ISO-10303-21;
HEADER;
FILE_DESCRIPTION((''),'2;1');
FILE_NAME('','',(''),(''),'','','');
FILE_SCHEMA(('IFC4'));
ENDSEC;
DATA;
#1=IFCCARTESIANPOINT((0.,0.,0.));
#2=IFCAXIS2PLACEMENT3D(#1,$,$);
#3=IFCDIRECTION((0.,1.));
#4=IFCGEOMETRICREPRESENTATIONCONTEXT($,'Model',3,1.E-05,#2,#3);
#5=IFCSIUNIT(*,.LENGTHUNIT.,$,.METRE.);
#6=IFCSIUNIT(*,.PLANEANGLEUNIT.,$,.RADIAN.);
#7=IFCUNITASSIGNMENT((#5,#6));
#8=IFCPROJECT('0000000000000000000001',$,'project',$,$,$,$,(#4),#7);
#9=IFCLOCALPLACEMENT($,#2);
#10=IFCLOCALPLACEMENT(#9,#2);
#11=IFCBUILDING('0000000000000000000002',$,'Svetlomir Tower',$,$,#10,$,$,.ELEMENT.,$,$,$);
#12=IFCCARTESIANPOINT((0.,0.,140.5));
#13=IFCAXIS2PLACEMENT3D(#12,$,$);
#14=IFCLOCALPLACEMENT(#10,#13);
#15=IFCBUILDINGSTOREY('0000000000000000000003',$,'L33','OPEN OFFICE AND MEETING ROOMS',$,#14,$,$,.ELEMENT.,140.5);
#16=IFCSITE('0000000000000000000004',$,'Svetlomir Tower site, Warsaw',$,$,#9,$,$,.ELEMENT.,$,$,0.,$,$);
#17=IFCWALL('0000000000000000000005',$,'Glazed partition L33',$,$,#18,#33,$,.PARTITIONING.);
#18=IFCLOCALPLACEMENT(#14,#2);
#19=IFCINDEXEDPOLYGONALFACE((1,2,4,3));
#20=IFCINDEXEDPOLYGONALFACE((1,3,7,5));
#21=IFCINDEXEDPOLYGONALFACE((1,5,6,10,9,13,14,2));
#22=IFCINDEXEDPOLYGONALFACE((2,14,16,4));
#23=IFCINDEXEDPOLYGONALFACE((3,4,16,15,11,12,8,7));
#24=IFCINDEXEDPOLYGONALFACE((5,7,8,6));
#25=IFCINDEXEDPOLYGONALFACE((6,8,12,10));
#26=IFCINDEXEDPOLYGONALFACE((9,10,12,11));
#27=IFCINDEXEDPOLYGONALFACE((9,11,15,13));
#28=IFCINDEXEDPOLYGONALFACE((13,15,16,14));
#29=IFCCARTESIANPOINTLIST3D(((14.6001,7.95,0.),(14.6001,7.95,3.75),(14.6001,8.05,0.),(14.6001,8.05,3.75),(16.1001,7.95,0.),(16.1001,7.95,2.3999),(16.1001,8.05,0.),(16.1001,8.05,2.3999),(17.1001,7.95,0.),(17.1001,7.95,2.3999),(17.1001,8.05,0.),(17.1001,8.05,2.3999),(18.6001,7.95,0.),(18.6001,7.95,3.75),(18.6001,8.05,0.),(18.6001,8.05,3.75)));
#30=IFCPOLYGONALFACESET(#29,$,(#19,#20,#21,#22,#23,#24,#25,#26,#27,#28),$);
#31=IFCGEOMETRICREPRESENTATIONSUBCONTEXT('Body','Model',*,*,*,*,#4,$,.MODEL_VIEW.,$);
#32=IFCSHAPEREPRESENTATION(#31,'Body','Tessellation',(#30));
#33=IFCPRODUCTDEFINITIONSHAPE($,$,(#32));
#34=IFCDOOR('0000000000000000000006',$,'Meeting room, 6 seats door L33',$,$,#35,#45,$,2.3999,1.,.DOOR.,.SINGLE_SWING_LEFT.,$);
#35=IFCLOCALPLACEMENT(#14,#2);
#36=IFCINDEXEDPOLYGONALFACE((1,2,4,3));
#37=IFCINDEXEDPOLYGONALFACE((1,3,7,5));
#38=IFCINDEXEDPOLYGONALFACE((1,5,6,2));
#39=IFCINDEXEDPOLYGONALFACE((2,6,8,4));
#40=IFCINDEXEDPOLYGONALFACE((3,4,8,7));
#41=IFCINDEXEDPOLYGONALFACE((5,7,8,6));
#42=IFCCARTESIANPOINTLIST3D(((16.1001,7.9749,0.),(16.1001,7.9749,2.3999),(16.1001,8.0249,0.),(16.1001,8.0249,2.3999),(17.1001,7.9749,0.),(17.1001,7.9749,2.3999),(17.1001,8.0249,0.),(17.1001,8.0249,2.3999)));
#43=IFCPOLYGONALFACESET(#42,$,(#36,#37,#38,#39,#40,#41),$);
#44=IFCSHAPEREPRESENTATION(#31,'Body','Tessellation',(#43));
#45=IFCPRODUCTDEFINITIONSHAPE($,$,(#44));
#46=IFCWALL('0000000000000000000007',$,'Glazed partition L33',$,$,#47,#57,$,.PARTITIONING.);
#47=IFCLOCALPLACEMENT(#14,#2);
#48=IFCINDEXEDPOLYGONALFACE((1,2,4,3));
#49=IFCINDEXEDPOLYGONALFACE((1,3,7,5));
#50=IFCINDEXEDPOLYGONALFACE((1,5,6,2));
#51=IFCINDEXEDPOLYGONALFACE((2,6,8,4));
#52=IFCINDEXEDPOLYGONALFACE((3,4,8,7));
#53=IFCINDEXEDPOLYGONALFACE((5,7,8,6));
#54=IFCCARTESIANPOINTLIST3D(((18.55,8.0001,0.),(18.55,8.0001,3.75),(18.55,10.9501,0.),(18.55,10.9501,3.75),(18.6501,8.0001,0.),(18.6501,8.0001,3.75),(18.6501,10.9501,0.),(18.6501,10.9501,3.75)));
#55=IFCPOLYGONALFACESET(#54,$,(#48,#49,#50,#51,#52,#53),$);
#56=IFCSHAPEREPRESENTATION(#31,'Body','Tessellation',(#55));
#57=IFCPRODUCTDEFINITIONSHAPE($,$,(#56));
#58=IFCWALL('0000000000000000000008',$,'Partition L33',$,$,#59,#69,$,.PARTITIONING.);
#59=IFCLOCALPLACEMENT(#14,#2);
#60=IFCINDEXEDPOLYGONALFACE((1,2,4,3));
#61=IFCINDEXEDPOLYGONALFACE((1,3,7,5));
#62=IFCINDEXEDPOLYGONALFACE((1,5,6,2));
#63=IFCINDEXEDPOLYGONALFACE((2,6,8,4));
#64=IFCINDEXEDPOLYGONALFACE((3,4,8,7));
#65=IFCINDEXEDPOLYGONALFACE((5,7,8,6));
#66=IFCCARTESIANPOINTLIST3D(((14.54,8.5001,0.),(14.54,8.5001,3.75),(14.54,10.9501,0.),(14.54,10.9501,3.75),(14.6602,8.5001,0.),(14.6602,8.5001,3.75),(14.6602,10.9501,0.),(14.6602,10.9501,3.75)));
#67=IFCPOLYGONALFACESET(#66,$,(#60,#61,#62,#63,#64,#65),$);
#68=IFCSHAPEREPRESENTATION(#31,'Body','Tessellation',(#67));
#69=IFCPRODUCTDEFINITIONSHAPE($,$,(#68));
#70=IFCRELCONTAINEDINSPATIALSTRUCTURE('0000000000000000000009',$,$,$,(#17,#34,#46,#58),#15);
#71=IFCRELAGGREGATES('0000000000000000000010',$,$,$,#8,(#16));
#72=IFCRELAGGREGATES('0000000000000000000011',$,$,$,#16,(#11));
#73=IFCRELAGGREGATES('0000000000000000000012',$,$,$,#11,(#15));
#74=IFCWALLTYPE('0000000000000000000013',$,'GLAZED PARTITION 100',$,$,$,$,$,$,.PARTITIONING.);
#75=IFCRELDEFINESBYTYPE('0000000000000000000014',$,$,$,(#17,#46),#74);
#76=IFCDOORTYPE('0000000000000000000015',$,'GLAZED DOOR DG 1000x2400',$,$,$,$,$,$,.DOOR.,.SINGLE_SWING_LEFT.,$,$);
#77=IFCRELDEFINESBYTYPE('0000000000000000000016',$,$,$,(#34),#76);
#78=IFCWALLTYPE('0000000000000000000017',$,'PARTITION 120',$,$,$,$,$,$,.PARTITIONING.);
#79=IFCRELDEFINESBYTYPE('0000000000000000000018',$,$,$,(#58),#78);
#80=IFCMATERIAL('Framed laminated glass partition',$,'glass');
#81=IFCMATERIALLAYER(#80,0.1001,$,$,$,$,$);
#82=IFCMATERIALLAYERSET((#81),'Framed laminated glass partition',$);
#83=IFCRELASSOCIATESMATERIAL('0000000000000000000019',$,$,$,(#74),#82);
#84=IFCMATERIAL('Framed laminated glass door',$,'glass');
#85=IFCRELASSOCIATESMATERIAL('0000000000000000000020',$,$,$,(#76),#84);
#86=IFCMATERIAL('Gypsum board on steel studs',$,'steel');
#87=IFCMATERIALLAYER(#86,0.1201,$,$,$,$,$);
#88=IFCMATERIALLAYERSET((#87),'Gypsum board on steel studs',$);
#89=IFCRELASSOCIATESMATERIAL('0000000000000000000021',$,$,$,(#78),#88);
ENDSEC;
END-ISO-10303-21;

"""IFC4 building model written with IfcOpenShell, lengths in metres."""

from ifc_helpers import new_model, si_unit, direction, frame, frame_2d, origin, place, context, subcontext, project, spatial, rectangle, extrude, material, layer, layer_set, type_object, element, fill, save


model = new_model("IFC4")

# Units and contexts
model_context = context("Model", 3, precision=1e-05, world=origin(), true_north=direction((0.0, 1.0)))
body_context = subcontext(model_context, "Body", "Model", "MODEL_VIEW")
ifc_project = project(units=[si_unit("LENGTHUNIT", "METRE"), si_unit("PLANEANGLEUNIT", "RADIAN")], contexts=[model_context])

# Site, building, storey
site_placement = place(None, origin())
site = spatial("IfcSite", under=ifc_project, at=site_placement, Name="Svetlomir Tower site, Warsaw", CompositionType="ELEMENT", RefElevation=0.0)
building_placement = place(site_placement, origin())
building = spatial("IfcBuilding", under=site, at=building_placement, Name="Svetlomir Tower", CompositionType="ELEMENT")
storey_placement = place(building_placement, frame((0.0, 0.0, 140.5)))
storey = spatial("IfcBuildingStorey", under=building, at=storey_placement, Name="L33", Description="OPEN OFFICE AND MEETING ROOMS", CompositionType="ELEMENT", Elevation=140.5)

# Wall, opening, door
ifc_material_1 = material(Name="Framed laminated glass partition", Category="glass")
ifc_layer_1 = layer(ifc_material_1, 0.1001)
ifc_layer_set_1 = layer_set([ifc_layer_1], Name="Framed laminated glass partition")
wall_type_1 = type_object("IfcWallType", Name="GLAZED PARTITION 100", PredefinedType="PARTITIONING", material=ifc_layer_set_1)
wall_1_placement = place(storey_placement, frame((14.6001, 8.0, 0.0), z_axis=(0.0, 0.0, 1.0), x_axis=(1.0, 0.0, 0.0)))
wall_1 = element("IfcWall", 1, at=wall_1_placement, inside=storey, type_object=wall_type_1, Name="Glazed partition L33", PredefinedType="PARTITIONING", context=body_context, shape_type="SweptSolid", body=[
    extrude(rectangle(XDim=4.0, YDim=0.1001, at=frame_2d((2.0, 0.0))), origin(), (0.0, 0.0, 1.0), 3.75),
])
opening_1_placement = place(wall_1_placement, frame((1.5, 0.0, 0.0)))
opening_1 = element("IfcOpeningElement", 2, at=opening_1_placement, cuts=wall_1, PredefinedType="OPENING", context=body_context, shape_type="SweptSolid", body=[
    extrude(rectangle(XDim=1.0, YDim=2.3999, at=frame_2d((0.5, 1.2))), frame((0.0, 0.0601, 0.0), z_axis=(0.0, -1.0, 0.0), x_axis=(1.0, 0.0, 0.0)), (0.0, 0.0, 1.0), 0.1201),
])
ifc_material_2 = material(Name="Framed laminated glass door", Category="glass")
door_type_1 = type_object("IfcDoorType", Name="GLAZED DOOR DG 1000x2400", OperationType="SINGLE_SWING_LEFT", PredefinedType="DOOR", material=ifc_material_2)
door_1_placement = place(opening_1_placement, origin())
door_1 = element("IfcDoor", 3, at=door_1_placement, inside=storey, type_object=door_type_1, Name="Meeting room, 6 seats door L33", OperationType="SINGLE_SWING_LEFT", OverallHeight=2.3999, OverallWidth=1.0, PredefinedType="DOOR", context=body_context, shape_type="SweptSolid", body=[
    extrude(rectangle(XDim=1.0, YDim=2.3999, at=frame_2d((0.5, 1.2))), frame((0.0, 0.0249, 0.0), z_axis=(0.0, -1.0, 0.0), x_axis=(1.0, 0.0, 0.0)), (0.0, 0.0, 1.0), 0.05),
])
fill(opening_1, door_1)

# Walls
wall_2_placement = place(storey_placement, frame((18.6001, 8.0, 0.0), z_axis=(0.0, 0.0, 1.0), x_axis=(0.0, 1.0, 0.0)))
element("IfcWall", 4, at=wall_2_placement, inside=storey, type_object=wall_type_1, Name="Glazed partition L33", PredefinedType="PARTITIONING", context=body_context, shape_type="SweptSolid", body=[
    extrude(rectangle(XDim=2.95, YDim=0.1001, at=frame_2d((1.4751, 0.0))), origin(), (0.0, 0.0, 1.0), 3.75),
])
ifc_material_3 = material(Name="Gypsum board on steel studs", Category="steel")
ifc_layer_2 = layer(ifc_material_3, 0.1201)
ifc_layer_set_2 = layer_set([ifc_layer_2], Name="Gypsum board on steel studs")
wall_type_2 = type_object("IfcWallType", Name="PARTITION 120", PredefinedType="PARTITIONING", material=ifc_layer_set_2)
wall_3_placement = place(storey_placement, frame((14.6001, 8.5, 0.0), z_axis=(0.0, 0.0, 1.0), x_axis=(0.0, 1.0, 0.0)))
element("IfcWall", 5, at=wall_3_placement, inside=storey, type_object=wall_type_2, Name="Partition L33", PredefinedType="PARTITIONING", context=body_context, shape_type="SweptSolid", body=[
    extrude(rectangle(XDim=2.45, YDim=0.1201, at=frame_2d((1.2251, 0.0))), origin(), (0.0, 0.0, 1.0), 3.75),
])

save(model, "model.ifc")
